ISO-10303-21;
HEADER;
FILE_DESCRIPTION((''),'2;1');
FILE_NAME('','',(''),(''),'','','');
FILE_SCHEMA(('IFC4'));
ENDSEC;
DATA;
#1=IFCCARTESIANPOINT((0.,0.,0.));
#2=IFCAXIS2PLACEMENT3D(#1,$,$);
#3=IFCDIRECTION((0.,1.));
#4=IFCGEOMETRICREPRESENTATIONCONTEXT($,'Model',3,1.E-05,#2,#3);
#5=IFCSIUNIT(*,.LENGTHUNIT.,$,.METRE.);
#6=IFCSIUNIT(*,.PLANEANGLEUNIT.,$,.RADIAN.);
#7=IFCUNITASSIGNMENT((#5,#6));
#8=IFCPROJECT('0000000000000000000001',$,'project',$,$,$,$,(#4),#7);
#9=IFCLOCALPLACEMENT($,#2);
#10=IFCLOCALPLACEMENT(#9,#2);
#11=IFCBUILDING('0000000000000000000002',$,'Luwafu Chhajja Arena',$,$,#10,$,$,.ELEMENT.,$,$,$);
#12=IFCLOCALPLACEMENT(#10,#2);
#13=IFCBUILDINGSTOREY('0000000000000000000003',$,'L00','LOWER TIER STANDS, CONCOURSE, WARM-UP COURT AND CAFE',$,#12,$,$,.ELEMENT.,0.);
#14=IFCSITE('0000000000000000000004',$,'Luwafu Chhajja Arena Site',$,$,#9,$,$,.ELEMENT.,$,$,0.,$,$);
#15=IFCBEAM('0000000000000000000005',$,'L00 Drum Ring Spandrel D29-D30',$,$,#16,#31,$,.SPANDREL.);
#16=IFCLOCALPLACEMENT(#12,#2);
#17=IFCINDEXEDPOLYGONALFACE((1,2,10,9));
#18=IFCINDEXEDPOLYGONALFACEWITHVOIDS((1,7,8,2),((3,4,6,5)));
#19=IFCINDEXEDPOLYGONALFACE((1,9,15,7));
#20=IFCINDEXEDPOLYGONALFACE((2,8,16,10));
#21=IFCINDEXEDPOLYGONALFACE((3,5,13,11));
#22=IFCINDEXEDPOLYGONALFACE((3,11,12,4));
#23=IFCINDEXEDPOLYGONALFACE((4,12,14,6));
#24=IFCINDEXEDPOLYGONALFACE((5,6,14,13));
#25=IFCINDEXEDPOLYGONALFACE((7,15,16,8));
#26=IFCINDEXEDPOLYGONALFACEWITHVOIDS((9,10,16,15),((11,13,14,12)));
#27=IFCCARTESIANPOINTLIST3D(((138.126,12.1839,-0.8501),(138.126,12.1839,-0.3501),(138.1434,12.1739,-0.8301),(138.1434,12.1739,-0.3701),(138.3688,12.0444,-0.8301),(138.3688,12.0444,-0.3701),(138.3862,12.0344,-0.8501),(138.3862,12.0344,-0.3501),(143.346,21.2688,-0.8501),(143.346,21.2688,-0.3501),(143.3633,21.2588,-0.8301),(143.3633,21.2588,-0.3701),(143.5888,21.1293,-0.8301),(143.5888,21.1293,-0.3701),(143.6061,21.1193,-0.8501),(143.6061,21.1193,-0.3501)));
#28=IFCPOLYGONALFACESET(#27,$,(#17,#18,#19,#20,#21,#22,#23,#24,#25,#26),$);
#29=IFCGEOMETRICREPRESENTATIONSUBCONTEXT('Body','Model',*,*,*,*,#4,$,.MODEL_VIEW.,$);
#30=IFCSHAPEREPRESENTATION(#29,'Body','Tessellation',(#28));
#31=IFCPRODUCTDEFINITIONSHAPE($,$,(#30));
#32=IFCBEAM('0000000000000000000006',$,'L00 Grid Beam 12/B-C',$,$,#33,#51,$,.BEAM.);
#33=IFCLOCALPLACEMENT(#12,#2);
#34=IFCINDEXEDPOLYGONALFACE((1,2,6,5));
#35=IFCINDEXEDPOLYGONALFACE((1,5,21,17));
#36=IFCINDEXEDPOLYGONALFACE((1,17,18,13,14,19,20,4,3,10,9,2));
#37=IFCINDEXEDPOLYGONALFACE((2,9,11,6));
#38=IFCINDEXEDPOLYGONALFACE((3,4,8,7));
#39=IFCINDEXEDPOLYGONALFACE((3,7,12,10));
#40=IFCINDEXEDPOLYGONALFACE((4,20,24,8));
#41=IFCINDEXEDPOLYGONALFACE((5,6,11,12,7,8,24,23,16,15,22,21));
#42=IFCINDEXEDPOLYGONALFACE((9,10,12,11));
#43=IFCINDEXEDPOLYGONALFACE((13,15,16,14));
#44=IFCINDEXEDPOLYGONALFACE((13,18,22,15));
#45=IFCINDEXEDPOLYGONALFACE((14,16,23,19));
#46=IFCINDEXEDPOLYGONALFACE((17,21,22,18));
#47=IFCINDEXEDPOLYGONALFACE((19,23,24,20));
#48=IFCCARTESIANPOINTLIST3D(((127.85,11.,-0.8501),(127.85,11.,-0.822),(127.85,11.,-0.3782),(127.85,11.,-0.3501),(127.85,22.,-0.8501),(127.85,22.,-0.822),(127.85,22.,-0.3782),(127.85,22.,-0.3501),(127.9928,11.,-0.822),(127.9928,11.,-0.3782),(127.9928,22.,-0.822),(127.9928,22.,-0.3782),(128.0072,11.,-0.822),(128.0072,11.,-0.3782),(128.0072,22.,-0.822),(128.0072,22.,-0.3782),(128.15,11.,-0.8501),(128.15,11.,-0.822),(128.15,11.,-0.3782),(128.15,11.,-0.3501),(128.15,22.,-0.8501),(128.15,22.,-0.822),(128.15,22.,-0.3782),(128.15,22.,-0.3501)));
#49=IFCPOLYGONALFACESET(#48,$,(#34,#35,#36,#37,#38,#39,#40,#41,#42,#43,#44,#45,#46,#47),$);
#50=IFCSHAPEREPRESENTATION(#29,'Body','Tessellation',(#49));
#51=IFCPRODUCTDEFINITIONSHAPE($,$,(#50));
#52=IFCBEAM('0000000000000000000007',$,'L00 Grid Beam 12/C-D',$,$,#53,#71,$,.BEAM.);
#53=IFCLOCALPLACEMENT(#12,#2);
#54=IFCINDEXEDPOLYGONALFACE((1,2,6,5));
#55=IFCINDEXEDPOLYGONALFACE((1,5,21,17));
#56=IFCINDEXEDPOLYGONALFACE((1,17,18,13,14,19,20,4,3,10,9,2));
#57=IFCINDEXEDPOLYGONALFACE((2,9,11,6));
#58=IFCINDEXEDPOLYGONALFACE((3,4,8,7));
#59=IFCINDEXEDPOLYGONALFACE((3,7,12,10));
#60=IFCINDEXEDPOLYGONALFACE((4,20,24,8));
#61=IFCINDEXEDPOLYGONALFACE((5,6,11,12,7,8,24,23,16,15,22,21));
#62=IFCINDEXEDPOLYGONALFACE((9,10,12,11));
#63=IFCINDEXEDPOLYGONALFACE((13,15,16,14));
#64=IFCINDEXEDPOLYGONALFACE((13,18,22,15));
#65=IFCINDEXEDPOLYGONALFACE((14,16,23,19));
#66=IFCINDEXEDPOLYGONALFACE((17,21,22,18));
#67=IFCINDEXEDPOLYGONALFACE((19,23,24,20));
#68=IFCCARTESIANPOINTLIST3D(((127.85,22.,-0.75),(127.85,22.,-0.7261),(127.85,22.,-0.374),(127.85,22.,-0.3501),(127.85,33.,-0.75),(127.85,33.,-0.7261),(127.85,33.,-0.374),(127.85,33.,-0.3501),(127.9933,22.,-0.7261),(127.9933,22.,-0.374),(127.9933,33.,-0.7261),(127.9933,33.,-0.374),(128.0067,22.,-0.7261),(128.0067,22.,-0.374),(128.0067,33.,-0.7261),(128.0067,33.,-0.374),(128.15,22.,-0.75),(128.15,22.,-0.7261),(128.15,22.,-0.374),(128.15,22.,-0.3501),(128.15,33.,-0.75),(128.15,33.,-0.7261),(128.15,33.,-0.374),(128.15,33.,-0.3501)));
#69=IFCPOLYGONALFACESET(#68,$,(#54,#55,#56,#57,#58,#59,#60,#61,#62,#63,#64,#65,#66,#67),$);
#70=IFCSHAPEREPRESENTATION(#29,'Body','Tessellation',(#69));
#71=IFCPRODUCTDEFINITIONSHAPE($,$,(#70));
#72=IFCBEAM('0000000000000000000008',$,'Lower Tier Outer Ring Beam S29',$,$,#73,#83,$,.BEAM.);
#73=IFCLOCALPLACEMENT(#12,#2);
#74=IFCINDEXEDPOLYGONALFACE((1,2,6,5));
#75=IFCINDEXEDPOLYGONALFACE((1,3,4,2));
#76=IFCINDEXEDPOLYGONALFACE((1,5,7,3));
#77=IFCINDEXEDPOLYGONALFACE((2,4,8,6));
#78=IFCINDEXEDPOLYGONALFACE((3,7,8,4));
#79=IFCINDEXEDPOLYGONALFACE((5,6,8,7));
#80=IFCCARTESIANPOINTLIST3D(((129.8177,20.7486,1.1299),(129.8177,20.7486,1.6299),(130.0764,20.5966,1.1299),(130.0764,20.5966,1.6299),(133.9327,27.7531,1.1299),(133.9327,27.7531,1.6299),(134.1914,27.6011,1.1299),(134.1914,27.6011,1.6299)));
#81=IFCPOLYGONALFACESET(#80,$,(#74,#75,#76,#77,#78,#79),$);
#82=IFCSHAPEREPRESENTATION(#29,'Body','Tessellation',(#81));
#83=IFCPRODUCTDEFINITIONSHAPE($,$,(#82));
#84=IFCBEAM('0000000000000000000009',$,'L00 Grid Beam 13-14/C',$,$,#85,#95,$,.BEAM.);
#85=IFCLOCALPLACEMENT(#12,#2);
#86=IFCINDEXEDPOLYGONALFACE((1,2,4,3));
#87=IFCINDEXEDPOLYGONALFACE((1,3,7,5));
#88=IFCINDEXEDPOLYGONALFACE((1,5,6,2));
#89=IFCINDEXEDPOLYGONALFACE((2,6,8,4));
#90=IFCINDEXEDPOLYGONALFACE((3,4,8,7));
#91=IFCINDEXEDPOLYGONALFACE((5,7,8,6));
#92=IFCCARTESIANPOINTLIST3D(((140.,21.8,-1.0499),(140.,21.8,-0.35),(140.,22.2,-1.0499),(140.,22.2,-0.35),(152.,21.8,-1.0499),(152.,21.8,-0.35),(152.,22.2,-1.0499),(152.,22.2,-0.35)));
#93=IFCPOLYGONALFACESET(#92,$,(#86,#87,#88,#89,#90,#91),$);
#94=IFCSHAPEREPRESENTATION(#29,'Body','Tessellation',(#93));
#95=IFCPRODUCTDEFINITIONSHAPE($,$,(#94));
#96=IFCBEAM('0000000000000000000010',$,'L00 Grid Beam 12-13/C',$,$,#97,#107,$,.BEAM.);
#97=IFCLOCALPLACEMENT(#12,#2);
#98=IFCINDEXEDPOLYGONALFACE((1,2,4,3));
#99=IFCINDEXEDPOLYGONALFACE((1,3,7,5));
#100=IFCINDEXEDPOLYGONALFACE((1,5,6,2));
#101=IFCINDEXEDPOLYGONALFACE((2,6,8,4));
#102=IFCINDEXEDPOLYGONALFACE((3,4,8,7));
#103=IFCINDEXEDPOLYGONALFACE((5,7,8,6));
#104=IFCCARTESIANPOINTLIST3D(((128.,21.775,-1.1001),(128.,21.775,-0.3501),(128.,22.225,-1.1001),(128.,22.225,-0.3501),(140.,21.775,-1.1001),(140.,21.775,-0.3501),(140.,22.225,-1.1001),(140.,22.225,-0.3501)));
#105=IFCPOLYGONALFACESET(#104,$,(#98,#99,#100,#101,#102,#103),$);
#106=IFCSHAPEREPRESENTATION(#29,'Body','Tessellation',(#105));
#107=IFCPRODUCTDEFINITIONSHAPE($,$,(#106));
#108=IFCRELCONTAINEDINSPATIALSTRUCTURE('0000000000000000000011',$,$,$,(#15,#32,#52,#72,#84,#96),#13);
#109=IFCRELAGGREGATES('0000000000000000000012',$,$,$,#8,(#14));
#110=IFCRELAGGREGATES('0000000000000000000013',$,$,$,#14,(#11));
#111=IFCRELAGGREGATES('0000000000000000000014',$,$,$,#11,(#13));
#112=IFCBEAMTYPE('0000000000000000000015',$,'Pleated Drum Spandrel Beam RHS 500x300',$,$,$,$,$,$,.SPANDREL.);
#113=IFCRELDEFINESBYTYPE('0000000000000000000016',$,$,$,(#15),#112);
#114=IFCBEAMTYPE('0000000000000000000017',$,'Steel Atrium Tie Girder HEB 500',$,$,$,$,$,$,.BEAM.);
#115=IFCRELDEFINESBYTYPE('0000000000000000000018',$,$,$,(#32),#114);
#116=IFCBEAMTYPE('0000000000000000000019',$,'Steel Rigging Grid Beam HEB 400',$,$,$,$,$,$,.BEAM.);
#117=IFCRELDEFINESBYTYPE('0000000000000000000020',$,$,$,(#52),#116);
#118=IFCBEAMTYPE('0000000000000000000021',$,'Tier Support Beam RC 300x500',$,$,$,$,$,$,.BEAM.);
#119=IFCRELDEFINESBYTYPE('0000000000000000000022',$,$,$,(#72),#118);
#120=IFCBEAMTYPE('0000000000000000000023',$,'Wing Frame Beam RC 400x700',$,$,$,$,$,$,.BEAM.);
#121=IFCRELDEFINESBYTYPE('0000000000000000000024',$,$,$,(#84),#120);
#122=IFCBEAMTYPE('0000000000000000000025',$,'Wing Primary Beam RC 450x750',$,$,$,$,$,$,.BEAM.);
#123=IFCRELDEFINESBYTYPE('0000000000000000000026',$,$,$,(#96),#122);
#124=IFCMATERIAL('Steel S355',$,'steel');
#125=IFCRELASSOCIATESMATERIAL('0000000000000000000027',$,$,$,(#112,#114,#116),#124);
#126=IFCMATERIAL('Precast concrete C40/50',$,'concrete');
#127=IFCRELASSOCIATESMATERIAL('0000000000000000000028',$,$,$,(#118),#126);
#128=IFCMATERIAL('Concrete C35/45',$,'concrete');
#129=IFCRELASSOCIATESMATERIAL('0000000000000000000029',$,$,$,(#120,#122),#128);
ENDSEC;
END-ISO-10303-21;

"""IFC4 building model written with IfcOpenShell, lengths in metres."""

from ifc_helpers import new_model, si_unit, direction, frame, origin, origin_2d, place, context, subcontext, project, spatial, rectangle, hollow_rectangle, i_section, extrude, material, material_profile, profile_set, type_object, element, save


model = new_model("IFC4")

# Units and contexts
model_context = context("Model", 3, precision=1e-05, world=origin(), true_north=direction((0.0, 1.0)))
body_context = subcontext(model_context, "Body", "Model", "MODEL_VIEW")
ifc_project = project(units=[si_unit("LENGTHUNIT", "METRE"), si_unit("PLANEANGLEUNIT", "RADIAN")], contexts=[model_context])

# Site, building, storey
site_placement = place(None, origin())
site = spatial("IfcSite", under=ifc_project, at=site_placement, Name="Luwafu Chhajja Arena Site", CompositionType="ELEMENT", RefElevation=0.0)
building_placement = place(site_placement, origin())
building = spatial("IfcBuilding", under=site, at=building_placement, Name="Luwafu Chhajja Arena", CompositionType="ELEMENT")
storey_placement = place(building_placement, origin())
storey = spatial("IfcBuildingStorey", under=building, at=storey_placement, Name="L00", Description="LOWER TIER STANDS, CONCOURSE, WARM-UP COURT AND CAFE", CompositionType="ELEMENT", Elevation=0.0)

# Shared definitions
ifc_material_1 = material(Name="Concrete C35/45", Category="concrete")
ifc_material_2 = material(Name="Steel S355", Category="steel")

# Beams
ifc_material_profile_1 = material_profile(ifc_material_2, hollow_rectangle(XDim=0.3, YDim=0.5, WallThickness=0.02, at=origin_2d()), Name="RHS 500x300x20")
ifc_profile_set_1 = profile_set([ifc_material_profile_1], Name="Steel S355")
beam_type_1 = type_object("IfcBeamType", Name="Pleated Drum Spandrel Beam RHS 500x300", PredefinedType="SPANDREL", material=ifc_profile_set_1)
beam_1_placement = place(storey_placement, frame((138.2561, 12.1091, -0.6001), z_axis=(0.498193, 0.867066, 0.0), x_axis=(-0.867066, 0.498193, 0.0)))
element("IfcBeam", 1, at=beam_1_placement, inside=storey, type_object=beam_type_1, Name="L00 Drum Ring Spandrel D29-D30", PredefinedType="SPANDREL", context=body_context, shape_type="SweptSolid", body=[
    extrude(hollow_rectangle(XDim=0.3, YDim=0.5, WallThickness=0.02, at=origin_2d()), origin(), (0.0, 0.0, 1.0), 10.4778),
])
ifc_material_profile_2 = material_profile(ifc_material_2, i_section(OverallWidth=0.3, OverallDepth=0.5, WebThickness=0.0144, FlangeThickness=0.0281, at=origin_2d()), Name="HEB 500")
ifc_profile_set_2 = profile_set([ifc_material_profile_2], Name="Steel S355")
beam_type_2 = type_object("IfcBeamType", Name="Steel Atrium Tie Girder HEB 500", PredefinedType="BEAM", material=ifc_profile_set_2)
beam_2_placement = place(storey_placement, frame((128.0, 11.0, -0.6001), z_axis=(0.0, 1.0, 0.0), x_axis=(-1.0, 0.0, 0.0)))
element("IfcBeam", 2, at=beam_2_placement, inside=storey, type_object=beam_type_2, Name="L00 Grid Beam 12/B-C", PredefinedType="BEAM", context=body_context, shape_type="SweptSolid", body=[
    extrude(i_section(OverallWidth=0.3, OverallDepth=0.5, WebThickness=0.0144, FlangeThickness=0.0281, at=origin_2d()), origin(), (0.0, 0.0, 1.0), 11.0),
])
ifc_material_profile_3 = material_profile(ifc_material_2, i_section(OverallWidth=0.3, OverallDepth=0.3999, WebThickness=0.0134, FlangeThickness=0.0239, at=origin_2d()), Name="HEB 400")
ifc_profile_set_3 = profile_set([ifc_material_profile_3], Name="Steel S355")
beam_type_3 = type_object("IfcBeamType", Name="Steel Rigging Grid Beam HEB 400", PredefinedType="BEAM", material=ifc_profile_set_3)
beam_3_placement = place(storey_placement, frame((128.0, 22.0, -0.55), z_axis=(0.0, 1.0, 0.0), x_axis=(-1.0, 0.0, 0.0)))
element("IfcBeam", 3, at=beam_3_placement, inside=storey, type_object=beam_type_3, Name="L00 Grid Beam 12/C-D", PredefinedType="BEAM", context=body_context, shape_type="SweptSolid", body=[
    extrude(i_section(OverallWidth=0.3, OverallDepth=0.3999, WebThickness=0.0134, FlangeThickness=0.0239, at=origin_2d()), origin(), (0.0, 0.0, 1.0), 11.0),
])
ifc_material_3 = material(Name="Precast concrete C40/50", Category="concrete")
ifc_material_profile_4 = material_profile(ifc_material_3, rectangle(XDim=0.3, YDim=0.5, at=origin_2d()), Name="RC 300x500")
ifc_profile_set_4 = profile_set([ifc_material_profile_4], Name="Precast concrete C40/50")
beam_type_4 = type_object("IfcBeamType", Name="Tier Support Beam RC 300x500", PredefinedType="BEAM", material=ifc_profile_set_4)
beam_4_placement = place(storey_placement, frame((129.947, 20.6726, 1.3799), z_axis=(0.506541, 0.862216, 0.0), x_axis=(-0.862216, 0.506541, 0.0)))
element("IfcBeam", 4, at=beam_4_placement, inside=storey, type_object=beam_type_4, Name="Lower Tier Outer Ring Beam S29", PredefinedType="BEAM", context=body_context, shape_type="SweptSolid", body=[
    extrude(rectangle(XDim=0.3, YDim=0.5, at=origin_2d()), origin(), (0.0, 0.0, 1.0), 8.1238),
])
ifc_material_profile_5 = material_profile(ifc_material_1, rectangle(XDim=0.3999, YDim=0.7, at=origin_2d()), Name="RC 400x700")
ifc_profile_set_5 = profile_set([ifc_material_profile_5], Name="Concrete C35/45")
beam_type_5 = type_object("IfcBeamType", Name="Wing Frame Beam RC 400x700", PredefinedType="BEAM", material=ifc_profile_set_5)
beam_5_placement = place(storey_placement, frame((140.0, 22.0, -0.7), z_axis=(1.0, 0.0, 0.0), x_axis=(0.0, 1.0, 0.0)))
element("IfcBeam", 5, at=beam_5_placement, inside=storey, type_object=beam_type_5, Name="L00 Grid Beam 13-14/C", PredefinedType="BEAM", context=body_context, shape_type="SweptSolid", body=[
    extrude(rectangle(XDim=0.3999, YDim=0.7, at=origin_2d()), origin(), (0.0, 0.0, 1.0), 12.0),
])
ifc_material_profile_6 = material_profile(ifc_material_1, rectangle(XDim=0.45, YDim=0.75, at=origin_2d()), Name="RC 450x750")
ifc_profile_set_6 = profile_set([ifc_material_profile_6], Name="Concrete C35/45")
beam_type_6 = type_object("IfcBeamType", Name="Wing Primary Beam RC 450x750", PredefinedType="BEAM", material=ifc_profile_set_6)
beam_6_placement = place(storey_placement, frame((128.0, 22.0, -0.7251), z_axis=(1.0, 0.0, 0.0), x_axis=(0.0, 1.0, 0.0)))
element("IfcBeam", 6, at=beam_6_placement, inside=storey, type_object=beam_type_6, Name="L00 Grid Beam 12-13/C", PredefinedType="BEAM", context=body_context, shape_type="SweptSolid", body=[
    extrude(rectangle(XDim=0.45, YDim=0.75, at=origin_2d()), origin(), (0.0, 0.0, 1.0), 12.0),
])

save(model, "model.ifc")
